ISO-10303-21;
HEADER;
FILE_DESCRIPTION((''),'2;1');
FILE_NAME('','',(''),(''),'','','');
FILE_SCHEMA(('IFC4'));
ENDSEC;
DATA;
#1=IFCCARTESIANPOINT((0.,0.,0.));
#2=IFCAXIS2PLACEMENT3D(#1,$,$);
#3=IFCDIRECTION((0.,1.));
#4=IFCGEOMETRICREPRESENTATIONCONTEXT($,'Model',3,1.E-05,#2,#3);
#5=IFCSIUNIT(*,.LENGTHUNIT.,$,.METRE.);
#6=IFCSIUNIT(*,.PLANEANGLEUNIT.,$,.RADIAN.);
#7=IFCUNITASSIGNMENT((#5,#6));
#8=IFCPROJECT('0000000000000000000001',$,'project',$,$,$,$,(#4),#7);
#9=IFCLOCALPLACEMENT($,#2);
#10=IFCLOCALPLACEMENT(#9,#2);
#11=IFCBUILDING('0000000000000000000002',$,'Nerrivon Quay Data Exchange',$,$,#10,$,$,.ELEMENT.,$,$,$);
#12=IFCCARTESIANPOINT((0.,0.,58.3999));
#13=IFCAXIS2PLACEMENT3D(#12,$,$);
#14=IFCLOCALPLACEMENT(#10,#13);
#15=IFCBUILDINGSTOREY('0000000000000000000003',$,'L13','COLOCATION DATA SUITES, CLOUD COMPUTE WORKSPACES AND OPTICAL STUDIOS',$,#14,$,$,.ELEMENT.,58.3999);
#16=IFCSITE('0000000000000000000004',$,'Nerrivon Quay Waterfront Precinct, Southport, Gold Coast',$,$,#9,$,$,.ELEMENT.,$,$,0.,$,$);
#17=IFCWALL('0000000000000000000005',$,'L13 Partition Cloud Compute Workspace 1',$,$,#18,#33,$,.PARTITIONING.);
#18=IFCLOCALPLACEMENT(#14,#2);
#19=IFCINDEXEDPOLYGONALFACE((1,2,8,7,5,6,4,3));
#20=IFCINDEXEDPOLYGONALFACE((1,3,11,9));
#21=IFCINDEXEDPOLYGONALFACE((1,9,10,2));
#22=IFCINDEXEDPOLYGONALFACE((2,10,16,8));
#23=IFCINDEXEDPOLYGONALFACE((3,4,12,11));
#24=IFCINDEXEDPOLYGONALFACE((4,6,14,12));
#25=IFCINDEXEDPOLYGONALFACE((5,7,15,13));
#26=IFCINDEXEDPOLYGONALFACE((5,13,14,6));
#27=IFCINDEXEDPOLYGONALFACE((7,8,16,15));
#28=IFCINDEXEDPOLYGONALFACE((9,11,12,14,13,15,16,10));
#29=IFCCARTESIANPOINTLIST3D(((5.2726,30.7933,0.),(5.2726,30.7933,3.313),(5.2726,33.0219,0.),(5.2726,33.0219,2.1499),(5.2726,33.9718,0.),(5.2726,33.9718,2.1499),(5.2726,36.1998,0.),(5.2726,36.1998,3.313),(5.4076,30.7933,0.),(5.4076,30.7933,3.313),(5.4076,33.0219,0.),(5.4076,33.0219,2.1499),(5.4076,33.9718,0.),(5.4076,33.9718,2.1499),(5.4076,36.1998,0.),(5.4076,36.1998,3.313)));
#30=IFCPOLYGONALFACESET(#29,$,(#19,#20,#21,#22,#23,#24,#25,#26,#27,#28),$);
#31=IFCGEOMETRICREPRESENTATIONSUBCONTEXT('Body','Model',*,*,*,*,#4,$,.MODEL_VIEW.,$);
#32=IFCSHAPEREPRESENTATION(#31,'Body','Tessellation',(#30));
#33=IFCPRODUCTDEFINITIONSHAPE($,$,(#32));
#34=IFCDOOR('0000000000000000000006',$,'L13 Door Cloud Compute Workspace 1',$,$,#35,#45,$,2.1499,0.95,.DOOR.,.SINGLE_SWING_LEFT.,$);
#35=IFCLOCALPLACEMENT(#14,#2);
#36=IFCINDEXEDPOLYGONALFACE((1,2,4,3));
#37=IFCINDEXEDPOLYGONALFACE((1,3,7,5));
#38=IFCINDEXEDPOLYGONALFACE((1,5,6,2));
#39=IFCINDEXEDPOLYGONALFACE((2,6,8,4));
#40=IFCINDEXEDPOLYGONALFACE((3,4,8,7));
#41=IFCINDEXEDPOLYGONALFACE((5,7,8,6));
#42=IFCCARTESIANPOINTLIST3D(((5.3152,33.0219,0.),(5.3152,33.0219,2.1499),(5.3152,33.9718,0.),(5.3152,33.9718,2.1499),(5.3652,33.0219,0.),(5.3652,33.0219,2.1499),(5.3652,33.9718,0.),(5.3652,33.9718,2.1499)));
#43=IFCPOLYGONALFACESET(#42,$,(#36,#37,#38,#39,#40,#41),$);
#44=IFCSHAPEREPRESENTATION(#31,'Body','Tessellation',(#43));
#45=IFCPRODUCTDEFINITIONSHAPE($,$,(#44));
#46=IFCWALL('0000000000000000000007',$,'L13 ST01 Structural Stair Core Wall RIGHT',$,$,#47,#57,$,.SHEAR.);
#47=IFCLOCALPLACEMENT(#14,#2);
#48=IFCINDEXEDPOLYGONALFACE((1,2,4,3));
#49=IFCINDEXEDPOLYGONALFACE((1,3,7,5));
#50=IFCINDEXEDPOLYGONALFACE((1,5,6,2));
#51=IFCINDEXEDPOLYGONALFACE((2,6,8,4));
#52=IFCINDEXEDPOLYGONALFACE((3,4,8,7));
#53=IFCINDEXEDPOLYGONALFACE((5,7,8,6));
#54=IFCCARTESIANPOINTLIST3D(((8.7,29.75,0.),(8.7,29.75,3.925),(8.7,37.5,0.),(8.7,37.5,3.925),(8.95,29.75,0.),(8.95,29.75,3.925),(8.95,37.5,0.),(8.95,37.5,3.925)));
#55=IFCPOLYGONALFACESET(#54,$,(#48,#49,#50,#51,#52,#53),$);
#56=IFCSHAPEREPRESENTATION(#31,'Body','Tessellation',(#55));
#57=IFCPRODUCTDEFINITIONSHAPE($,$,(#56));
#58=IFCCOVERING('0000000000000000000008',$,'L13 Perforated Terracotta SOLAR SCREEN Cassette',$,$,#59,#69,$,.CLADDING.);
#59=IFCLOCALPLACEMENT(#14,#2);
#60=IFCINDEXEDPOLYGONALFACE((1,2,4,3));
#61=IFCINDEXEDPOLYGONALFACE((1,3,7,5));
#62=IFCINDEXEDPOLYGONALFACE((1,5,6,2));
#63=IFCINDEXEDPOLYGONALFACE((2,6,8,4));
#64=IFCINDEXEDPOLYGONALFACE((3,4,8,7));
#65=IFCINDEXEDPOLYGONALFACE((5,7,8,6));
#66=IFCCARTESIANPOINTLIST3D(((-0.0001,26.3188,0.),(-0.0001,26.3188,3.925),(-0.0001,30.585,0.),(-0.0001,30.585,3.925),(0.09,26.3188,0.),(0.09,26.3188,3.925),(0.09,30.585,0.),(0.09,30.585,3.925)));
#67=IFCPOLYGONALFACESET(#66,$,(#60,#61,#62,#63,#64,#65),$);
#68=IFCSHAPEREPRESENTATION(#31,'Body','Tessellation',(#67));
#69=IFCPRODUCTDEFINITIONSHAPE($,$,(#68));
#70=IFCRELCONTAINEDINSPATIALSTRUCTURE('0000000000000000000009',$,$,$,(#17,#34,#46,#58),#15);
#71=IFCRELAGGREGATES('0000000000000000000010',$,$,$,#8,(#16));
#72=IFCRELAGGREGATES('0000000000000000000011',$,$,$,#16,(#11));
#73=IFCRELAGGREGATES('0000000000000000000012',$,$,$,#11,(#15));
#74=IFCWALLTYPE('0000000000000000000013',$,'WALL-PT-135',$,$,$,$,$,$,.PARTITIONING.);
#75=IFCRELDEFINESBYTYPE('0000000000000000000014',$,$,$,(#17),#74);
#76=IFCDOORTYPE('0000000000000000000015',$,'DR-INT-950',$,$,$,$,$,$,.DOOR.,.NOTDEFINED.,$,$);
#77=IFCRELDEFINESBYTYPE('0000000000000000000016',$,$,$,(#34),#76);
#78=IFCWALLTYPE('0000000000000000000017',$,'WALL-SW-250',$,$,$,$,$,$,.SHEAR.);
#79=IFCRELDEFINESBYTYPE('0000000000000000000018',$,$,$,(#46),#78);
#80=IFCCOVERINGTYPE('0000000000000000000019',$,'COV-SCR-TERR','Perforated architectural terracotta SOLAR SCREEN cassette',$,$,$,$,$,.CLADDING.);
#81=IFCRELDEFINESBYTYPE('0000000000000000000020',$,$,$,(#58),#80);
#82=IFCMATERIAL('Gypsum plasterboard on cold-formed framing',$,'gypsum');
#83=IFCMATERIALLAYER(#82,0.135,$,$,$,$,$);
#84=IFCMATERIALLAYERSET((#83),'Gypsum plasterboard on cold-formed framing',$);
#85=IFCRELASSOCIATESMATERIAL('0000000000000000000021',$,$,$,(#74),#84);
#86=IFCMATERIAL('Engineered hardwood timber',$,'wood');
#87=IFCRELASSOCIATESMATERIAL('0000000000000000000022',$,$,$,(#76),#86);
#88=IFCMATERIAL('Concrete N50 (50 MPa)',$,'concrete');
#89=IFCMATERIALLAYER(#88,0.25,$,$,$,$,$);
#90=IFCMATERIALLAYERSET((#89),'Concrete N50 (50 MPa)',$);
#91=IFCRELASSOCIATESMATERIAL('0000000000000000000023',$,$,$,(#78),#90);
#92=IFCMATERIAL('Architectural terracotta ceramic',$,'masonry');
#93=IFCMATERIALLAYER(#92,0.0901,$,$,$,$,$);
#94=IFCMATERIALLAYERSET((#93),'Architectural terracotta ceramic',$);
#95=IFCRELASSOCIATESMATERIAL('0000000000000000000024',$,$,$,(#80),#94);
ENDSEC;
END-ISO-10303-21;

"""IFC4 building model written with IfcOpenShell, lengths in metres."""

from ifc_helpers import new_model, si_unit, direction, frame, frame_2d, origin, origin_2d, place, context, subcontext, project, spatial, rectangle, extrude, material, layer, layer_set, type_object, element, fill, save


model = new_model("IFC4")

# Units and contexts
model_context = context("Model", 3, precision=1e-05, world=origin(), true_north=direction((0.0, 1.0)))
body_context = subcontext(model_context, "Body", "Model", "MODEL_VIEW")
ifc_project = project(units=[si_unit("LENGTHUNIT", "METRE"), si_unit("PLANEANGLEUNIT", "RADIAN")], contexts=[model_context])

# Site, building, storey
site_placement = place(None, origin())
site = spatial("IfcSite", under=ifc_project, at=site_placement, Name="Nerrivon Quay Waterfront Precinct, Southport, Gold Coast", CompositionType="ELEMENT", RefElevation=0.0)
building_placement = place(site_placement, origin())
building = spatial("IfcBuilding", under=site, at=building_placement, Name="Nerrivon Quay Data Exchange", CompositionType="ELEMENT")
storey_placement = place(building_placement, frame((0.0, 0.0, 58.3999)))
storey = spatial("IfcBuildingStorey", under=building, at=storey_placement, Name="L13", Description="COLOCATION DATA SUITES, CLOUD COMPUTE WORKSPACES AND OPTICAL STUDIOS", CompositionType="ELEMENT", Elevation=58.3999)

# Shared definitions
ifc_material_1 = material(Name="Gypsum plasterboard on cold-formed framing", Category="gypsum")
ifc_layer_1 = layer(ifc_material_1, 0.135)
ifc_layer_set_1 = layer_set([ifc_layer_1], Name="Gypsum plasterboard on cold-formed framing")
wall_type_1 = type_object("IfcWallType", Name="WALL-PT-135", PredefinedType="PARTITIONING", material=ifc_layer_set_1)

# Wall, opening, door
wall_1_placement = place(storey_placement, frame((5.3401, 30.7935, 0.0), z_axis=(0.0, 0.0, 1.0), x_axis=(0.0, 1.0, 0.0)))
wall_1 = element("IfcWall", 1, at=wall_1_placement, inside=storey, type_object=wall_type_1, Name="L13 Partition Cloud Compute Workspace 1", PredefinedType="PARTITIONING", context=body_context, shape_type="SweptSolid", body=[
    extrude(rectangle(XDim=5.4065, YDim=0.135, at=frame_2d((2.7031, 0.0))), origin(), (0.0, 0.0, 1.0), 3.313),
])
opening_placement = place(wall_1_placement, frame((2.2283, 0.0, 0.0)))
opening = element("IfcOpeningElement", 2, at=opening_placement, cuts=wall_1, PredefinedType="OPENING", context=body_context, shape_type="SweptSolid", body=[
    extrude(rectangle(XDim=0.95, YDim=2.1499, at=frame_2d((0.4751, 1.075))), frame((0.0, 0.0774, 0.0), z_axis=(0.0, -1.0, 0.0), x_axis=(1.0, 0.0, 0.0)), (0.0, 0.0, 1.0), 0.155),
])
ifc_material_2 = material(Name="Engineered hardwood timber", Category="wood")
door_type = type_object("IfcDoorType", Name="DR-INT-950", OperationType="NOTDEFINED", PredefinedType="DOOR", material=ifc_material_2)
door_placement = place(opening_placement, origin())
door = element("IfcDoor", 3, at=door_placement, inside=storey, type_object=door_type, Name="L13 Door Cloud Compute Workspace 1", OperationType="SINGLE_SWING_LEFT", OverallHeight=2.1499, OverallWidth=0.95, PredefinedType="DOOR", context=body_context, shape_type="SweptSolid", body=[
    extrude(rectangle(XDim=0.95, YDim=2.1499, at=frame_2d((0.4751, 1.075))), frame((0.0, 0.0249, 0.0), z_axis=(0.0, -1.0, 0.0), x_axis=(1.0, 0.0, 0.0)), (0.0, 0.0, 1.0), 0.05),
])
fill(opening, door)

# Wall
ifc_material_3 = material(Name="Concrete N50 (50 MPa)", Category="concrete")
ifc_layer_2 = layer(ifc_material_3, 0.25)
ifc_layer_set_2 = layer_set([ifc_layer_2], Name="Concrete N50 (50 MPa)")
wall_type_2 = type_object("IfcWallType", Name="WALL-SW-250", PredefinedType="SHEAR", material=ifc_layer_set_2)
wall_2_placement = place(storey_placement, frame((8.825, 29.75, 0.0), z_axis=(0.0, 0.0, 1.0), x_axis=(0.0, 1.0, 0.0)))
element("IfcWall", 4, at=wall_2_placement, inside=storey, type_object=wall_type_2, Name="L13 ST01 Structural Stair Core Wall RIGHT", PredefinedType="SHEAR", context=body_context, shape_type="SweptSolid", body=[
    extrude(rectangle(XDim=7.75, YDim=0.25, at=frame_2d((3.875, 0.0))), origin(), (0.0, 0.0, 1.0), 3.925),
])

# Covering
ifc_material_4 = material(Name="Architectural terracotta ceramic", Category="masonry")
ifc_layer_3 = layer(ifc_material_4, 0.0901)
ifc_layer_set_3 = layer_set([ifc_layer_3], Name="Architectural terracotta ceramic")
covering_type = type_object("IfcCoveringType", Name="COV-SCR-TERR", Description="Perforated architectural terracotta SOLAR SCREEN cassette", PredefinedType="CLADDING", material=ifc_layer_set_3)
covering_placement = place(storey_placement, frame((0.0449, 28.4519, 0.0), z_axis=(0.0, 0.0, 1.0), x_axis=(0.0, 1.0, 0.0)))
element("IfcCovering", 5, at=covering_placement, inside=storey, type_object=covering_type, Name="L13 Perforated Terracotta SOLAR SCREEN Cassette", PredefinedType="CLADDING", context=body_context, shape_type="SweptSolid", body=[
    extrude(rectangle(XDim=4.2661, YDim=0.0901, at=origin_2d()), origin(), (0.0, 0.0, 1.0), 3.925),
])

save(model, "model.ifc")
